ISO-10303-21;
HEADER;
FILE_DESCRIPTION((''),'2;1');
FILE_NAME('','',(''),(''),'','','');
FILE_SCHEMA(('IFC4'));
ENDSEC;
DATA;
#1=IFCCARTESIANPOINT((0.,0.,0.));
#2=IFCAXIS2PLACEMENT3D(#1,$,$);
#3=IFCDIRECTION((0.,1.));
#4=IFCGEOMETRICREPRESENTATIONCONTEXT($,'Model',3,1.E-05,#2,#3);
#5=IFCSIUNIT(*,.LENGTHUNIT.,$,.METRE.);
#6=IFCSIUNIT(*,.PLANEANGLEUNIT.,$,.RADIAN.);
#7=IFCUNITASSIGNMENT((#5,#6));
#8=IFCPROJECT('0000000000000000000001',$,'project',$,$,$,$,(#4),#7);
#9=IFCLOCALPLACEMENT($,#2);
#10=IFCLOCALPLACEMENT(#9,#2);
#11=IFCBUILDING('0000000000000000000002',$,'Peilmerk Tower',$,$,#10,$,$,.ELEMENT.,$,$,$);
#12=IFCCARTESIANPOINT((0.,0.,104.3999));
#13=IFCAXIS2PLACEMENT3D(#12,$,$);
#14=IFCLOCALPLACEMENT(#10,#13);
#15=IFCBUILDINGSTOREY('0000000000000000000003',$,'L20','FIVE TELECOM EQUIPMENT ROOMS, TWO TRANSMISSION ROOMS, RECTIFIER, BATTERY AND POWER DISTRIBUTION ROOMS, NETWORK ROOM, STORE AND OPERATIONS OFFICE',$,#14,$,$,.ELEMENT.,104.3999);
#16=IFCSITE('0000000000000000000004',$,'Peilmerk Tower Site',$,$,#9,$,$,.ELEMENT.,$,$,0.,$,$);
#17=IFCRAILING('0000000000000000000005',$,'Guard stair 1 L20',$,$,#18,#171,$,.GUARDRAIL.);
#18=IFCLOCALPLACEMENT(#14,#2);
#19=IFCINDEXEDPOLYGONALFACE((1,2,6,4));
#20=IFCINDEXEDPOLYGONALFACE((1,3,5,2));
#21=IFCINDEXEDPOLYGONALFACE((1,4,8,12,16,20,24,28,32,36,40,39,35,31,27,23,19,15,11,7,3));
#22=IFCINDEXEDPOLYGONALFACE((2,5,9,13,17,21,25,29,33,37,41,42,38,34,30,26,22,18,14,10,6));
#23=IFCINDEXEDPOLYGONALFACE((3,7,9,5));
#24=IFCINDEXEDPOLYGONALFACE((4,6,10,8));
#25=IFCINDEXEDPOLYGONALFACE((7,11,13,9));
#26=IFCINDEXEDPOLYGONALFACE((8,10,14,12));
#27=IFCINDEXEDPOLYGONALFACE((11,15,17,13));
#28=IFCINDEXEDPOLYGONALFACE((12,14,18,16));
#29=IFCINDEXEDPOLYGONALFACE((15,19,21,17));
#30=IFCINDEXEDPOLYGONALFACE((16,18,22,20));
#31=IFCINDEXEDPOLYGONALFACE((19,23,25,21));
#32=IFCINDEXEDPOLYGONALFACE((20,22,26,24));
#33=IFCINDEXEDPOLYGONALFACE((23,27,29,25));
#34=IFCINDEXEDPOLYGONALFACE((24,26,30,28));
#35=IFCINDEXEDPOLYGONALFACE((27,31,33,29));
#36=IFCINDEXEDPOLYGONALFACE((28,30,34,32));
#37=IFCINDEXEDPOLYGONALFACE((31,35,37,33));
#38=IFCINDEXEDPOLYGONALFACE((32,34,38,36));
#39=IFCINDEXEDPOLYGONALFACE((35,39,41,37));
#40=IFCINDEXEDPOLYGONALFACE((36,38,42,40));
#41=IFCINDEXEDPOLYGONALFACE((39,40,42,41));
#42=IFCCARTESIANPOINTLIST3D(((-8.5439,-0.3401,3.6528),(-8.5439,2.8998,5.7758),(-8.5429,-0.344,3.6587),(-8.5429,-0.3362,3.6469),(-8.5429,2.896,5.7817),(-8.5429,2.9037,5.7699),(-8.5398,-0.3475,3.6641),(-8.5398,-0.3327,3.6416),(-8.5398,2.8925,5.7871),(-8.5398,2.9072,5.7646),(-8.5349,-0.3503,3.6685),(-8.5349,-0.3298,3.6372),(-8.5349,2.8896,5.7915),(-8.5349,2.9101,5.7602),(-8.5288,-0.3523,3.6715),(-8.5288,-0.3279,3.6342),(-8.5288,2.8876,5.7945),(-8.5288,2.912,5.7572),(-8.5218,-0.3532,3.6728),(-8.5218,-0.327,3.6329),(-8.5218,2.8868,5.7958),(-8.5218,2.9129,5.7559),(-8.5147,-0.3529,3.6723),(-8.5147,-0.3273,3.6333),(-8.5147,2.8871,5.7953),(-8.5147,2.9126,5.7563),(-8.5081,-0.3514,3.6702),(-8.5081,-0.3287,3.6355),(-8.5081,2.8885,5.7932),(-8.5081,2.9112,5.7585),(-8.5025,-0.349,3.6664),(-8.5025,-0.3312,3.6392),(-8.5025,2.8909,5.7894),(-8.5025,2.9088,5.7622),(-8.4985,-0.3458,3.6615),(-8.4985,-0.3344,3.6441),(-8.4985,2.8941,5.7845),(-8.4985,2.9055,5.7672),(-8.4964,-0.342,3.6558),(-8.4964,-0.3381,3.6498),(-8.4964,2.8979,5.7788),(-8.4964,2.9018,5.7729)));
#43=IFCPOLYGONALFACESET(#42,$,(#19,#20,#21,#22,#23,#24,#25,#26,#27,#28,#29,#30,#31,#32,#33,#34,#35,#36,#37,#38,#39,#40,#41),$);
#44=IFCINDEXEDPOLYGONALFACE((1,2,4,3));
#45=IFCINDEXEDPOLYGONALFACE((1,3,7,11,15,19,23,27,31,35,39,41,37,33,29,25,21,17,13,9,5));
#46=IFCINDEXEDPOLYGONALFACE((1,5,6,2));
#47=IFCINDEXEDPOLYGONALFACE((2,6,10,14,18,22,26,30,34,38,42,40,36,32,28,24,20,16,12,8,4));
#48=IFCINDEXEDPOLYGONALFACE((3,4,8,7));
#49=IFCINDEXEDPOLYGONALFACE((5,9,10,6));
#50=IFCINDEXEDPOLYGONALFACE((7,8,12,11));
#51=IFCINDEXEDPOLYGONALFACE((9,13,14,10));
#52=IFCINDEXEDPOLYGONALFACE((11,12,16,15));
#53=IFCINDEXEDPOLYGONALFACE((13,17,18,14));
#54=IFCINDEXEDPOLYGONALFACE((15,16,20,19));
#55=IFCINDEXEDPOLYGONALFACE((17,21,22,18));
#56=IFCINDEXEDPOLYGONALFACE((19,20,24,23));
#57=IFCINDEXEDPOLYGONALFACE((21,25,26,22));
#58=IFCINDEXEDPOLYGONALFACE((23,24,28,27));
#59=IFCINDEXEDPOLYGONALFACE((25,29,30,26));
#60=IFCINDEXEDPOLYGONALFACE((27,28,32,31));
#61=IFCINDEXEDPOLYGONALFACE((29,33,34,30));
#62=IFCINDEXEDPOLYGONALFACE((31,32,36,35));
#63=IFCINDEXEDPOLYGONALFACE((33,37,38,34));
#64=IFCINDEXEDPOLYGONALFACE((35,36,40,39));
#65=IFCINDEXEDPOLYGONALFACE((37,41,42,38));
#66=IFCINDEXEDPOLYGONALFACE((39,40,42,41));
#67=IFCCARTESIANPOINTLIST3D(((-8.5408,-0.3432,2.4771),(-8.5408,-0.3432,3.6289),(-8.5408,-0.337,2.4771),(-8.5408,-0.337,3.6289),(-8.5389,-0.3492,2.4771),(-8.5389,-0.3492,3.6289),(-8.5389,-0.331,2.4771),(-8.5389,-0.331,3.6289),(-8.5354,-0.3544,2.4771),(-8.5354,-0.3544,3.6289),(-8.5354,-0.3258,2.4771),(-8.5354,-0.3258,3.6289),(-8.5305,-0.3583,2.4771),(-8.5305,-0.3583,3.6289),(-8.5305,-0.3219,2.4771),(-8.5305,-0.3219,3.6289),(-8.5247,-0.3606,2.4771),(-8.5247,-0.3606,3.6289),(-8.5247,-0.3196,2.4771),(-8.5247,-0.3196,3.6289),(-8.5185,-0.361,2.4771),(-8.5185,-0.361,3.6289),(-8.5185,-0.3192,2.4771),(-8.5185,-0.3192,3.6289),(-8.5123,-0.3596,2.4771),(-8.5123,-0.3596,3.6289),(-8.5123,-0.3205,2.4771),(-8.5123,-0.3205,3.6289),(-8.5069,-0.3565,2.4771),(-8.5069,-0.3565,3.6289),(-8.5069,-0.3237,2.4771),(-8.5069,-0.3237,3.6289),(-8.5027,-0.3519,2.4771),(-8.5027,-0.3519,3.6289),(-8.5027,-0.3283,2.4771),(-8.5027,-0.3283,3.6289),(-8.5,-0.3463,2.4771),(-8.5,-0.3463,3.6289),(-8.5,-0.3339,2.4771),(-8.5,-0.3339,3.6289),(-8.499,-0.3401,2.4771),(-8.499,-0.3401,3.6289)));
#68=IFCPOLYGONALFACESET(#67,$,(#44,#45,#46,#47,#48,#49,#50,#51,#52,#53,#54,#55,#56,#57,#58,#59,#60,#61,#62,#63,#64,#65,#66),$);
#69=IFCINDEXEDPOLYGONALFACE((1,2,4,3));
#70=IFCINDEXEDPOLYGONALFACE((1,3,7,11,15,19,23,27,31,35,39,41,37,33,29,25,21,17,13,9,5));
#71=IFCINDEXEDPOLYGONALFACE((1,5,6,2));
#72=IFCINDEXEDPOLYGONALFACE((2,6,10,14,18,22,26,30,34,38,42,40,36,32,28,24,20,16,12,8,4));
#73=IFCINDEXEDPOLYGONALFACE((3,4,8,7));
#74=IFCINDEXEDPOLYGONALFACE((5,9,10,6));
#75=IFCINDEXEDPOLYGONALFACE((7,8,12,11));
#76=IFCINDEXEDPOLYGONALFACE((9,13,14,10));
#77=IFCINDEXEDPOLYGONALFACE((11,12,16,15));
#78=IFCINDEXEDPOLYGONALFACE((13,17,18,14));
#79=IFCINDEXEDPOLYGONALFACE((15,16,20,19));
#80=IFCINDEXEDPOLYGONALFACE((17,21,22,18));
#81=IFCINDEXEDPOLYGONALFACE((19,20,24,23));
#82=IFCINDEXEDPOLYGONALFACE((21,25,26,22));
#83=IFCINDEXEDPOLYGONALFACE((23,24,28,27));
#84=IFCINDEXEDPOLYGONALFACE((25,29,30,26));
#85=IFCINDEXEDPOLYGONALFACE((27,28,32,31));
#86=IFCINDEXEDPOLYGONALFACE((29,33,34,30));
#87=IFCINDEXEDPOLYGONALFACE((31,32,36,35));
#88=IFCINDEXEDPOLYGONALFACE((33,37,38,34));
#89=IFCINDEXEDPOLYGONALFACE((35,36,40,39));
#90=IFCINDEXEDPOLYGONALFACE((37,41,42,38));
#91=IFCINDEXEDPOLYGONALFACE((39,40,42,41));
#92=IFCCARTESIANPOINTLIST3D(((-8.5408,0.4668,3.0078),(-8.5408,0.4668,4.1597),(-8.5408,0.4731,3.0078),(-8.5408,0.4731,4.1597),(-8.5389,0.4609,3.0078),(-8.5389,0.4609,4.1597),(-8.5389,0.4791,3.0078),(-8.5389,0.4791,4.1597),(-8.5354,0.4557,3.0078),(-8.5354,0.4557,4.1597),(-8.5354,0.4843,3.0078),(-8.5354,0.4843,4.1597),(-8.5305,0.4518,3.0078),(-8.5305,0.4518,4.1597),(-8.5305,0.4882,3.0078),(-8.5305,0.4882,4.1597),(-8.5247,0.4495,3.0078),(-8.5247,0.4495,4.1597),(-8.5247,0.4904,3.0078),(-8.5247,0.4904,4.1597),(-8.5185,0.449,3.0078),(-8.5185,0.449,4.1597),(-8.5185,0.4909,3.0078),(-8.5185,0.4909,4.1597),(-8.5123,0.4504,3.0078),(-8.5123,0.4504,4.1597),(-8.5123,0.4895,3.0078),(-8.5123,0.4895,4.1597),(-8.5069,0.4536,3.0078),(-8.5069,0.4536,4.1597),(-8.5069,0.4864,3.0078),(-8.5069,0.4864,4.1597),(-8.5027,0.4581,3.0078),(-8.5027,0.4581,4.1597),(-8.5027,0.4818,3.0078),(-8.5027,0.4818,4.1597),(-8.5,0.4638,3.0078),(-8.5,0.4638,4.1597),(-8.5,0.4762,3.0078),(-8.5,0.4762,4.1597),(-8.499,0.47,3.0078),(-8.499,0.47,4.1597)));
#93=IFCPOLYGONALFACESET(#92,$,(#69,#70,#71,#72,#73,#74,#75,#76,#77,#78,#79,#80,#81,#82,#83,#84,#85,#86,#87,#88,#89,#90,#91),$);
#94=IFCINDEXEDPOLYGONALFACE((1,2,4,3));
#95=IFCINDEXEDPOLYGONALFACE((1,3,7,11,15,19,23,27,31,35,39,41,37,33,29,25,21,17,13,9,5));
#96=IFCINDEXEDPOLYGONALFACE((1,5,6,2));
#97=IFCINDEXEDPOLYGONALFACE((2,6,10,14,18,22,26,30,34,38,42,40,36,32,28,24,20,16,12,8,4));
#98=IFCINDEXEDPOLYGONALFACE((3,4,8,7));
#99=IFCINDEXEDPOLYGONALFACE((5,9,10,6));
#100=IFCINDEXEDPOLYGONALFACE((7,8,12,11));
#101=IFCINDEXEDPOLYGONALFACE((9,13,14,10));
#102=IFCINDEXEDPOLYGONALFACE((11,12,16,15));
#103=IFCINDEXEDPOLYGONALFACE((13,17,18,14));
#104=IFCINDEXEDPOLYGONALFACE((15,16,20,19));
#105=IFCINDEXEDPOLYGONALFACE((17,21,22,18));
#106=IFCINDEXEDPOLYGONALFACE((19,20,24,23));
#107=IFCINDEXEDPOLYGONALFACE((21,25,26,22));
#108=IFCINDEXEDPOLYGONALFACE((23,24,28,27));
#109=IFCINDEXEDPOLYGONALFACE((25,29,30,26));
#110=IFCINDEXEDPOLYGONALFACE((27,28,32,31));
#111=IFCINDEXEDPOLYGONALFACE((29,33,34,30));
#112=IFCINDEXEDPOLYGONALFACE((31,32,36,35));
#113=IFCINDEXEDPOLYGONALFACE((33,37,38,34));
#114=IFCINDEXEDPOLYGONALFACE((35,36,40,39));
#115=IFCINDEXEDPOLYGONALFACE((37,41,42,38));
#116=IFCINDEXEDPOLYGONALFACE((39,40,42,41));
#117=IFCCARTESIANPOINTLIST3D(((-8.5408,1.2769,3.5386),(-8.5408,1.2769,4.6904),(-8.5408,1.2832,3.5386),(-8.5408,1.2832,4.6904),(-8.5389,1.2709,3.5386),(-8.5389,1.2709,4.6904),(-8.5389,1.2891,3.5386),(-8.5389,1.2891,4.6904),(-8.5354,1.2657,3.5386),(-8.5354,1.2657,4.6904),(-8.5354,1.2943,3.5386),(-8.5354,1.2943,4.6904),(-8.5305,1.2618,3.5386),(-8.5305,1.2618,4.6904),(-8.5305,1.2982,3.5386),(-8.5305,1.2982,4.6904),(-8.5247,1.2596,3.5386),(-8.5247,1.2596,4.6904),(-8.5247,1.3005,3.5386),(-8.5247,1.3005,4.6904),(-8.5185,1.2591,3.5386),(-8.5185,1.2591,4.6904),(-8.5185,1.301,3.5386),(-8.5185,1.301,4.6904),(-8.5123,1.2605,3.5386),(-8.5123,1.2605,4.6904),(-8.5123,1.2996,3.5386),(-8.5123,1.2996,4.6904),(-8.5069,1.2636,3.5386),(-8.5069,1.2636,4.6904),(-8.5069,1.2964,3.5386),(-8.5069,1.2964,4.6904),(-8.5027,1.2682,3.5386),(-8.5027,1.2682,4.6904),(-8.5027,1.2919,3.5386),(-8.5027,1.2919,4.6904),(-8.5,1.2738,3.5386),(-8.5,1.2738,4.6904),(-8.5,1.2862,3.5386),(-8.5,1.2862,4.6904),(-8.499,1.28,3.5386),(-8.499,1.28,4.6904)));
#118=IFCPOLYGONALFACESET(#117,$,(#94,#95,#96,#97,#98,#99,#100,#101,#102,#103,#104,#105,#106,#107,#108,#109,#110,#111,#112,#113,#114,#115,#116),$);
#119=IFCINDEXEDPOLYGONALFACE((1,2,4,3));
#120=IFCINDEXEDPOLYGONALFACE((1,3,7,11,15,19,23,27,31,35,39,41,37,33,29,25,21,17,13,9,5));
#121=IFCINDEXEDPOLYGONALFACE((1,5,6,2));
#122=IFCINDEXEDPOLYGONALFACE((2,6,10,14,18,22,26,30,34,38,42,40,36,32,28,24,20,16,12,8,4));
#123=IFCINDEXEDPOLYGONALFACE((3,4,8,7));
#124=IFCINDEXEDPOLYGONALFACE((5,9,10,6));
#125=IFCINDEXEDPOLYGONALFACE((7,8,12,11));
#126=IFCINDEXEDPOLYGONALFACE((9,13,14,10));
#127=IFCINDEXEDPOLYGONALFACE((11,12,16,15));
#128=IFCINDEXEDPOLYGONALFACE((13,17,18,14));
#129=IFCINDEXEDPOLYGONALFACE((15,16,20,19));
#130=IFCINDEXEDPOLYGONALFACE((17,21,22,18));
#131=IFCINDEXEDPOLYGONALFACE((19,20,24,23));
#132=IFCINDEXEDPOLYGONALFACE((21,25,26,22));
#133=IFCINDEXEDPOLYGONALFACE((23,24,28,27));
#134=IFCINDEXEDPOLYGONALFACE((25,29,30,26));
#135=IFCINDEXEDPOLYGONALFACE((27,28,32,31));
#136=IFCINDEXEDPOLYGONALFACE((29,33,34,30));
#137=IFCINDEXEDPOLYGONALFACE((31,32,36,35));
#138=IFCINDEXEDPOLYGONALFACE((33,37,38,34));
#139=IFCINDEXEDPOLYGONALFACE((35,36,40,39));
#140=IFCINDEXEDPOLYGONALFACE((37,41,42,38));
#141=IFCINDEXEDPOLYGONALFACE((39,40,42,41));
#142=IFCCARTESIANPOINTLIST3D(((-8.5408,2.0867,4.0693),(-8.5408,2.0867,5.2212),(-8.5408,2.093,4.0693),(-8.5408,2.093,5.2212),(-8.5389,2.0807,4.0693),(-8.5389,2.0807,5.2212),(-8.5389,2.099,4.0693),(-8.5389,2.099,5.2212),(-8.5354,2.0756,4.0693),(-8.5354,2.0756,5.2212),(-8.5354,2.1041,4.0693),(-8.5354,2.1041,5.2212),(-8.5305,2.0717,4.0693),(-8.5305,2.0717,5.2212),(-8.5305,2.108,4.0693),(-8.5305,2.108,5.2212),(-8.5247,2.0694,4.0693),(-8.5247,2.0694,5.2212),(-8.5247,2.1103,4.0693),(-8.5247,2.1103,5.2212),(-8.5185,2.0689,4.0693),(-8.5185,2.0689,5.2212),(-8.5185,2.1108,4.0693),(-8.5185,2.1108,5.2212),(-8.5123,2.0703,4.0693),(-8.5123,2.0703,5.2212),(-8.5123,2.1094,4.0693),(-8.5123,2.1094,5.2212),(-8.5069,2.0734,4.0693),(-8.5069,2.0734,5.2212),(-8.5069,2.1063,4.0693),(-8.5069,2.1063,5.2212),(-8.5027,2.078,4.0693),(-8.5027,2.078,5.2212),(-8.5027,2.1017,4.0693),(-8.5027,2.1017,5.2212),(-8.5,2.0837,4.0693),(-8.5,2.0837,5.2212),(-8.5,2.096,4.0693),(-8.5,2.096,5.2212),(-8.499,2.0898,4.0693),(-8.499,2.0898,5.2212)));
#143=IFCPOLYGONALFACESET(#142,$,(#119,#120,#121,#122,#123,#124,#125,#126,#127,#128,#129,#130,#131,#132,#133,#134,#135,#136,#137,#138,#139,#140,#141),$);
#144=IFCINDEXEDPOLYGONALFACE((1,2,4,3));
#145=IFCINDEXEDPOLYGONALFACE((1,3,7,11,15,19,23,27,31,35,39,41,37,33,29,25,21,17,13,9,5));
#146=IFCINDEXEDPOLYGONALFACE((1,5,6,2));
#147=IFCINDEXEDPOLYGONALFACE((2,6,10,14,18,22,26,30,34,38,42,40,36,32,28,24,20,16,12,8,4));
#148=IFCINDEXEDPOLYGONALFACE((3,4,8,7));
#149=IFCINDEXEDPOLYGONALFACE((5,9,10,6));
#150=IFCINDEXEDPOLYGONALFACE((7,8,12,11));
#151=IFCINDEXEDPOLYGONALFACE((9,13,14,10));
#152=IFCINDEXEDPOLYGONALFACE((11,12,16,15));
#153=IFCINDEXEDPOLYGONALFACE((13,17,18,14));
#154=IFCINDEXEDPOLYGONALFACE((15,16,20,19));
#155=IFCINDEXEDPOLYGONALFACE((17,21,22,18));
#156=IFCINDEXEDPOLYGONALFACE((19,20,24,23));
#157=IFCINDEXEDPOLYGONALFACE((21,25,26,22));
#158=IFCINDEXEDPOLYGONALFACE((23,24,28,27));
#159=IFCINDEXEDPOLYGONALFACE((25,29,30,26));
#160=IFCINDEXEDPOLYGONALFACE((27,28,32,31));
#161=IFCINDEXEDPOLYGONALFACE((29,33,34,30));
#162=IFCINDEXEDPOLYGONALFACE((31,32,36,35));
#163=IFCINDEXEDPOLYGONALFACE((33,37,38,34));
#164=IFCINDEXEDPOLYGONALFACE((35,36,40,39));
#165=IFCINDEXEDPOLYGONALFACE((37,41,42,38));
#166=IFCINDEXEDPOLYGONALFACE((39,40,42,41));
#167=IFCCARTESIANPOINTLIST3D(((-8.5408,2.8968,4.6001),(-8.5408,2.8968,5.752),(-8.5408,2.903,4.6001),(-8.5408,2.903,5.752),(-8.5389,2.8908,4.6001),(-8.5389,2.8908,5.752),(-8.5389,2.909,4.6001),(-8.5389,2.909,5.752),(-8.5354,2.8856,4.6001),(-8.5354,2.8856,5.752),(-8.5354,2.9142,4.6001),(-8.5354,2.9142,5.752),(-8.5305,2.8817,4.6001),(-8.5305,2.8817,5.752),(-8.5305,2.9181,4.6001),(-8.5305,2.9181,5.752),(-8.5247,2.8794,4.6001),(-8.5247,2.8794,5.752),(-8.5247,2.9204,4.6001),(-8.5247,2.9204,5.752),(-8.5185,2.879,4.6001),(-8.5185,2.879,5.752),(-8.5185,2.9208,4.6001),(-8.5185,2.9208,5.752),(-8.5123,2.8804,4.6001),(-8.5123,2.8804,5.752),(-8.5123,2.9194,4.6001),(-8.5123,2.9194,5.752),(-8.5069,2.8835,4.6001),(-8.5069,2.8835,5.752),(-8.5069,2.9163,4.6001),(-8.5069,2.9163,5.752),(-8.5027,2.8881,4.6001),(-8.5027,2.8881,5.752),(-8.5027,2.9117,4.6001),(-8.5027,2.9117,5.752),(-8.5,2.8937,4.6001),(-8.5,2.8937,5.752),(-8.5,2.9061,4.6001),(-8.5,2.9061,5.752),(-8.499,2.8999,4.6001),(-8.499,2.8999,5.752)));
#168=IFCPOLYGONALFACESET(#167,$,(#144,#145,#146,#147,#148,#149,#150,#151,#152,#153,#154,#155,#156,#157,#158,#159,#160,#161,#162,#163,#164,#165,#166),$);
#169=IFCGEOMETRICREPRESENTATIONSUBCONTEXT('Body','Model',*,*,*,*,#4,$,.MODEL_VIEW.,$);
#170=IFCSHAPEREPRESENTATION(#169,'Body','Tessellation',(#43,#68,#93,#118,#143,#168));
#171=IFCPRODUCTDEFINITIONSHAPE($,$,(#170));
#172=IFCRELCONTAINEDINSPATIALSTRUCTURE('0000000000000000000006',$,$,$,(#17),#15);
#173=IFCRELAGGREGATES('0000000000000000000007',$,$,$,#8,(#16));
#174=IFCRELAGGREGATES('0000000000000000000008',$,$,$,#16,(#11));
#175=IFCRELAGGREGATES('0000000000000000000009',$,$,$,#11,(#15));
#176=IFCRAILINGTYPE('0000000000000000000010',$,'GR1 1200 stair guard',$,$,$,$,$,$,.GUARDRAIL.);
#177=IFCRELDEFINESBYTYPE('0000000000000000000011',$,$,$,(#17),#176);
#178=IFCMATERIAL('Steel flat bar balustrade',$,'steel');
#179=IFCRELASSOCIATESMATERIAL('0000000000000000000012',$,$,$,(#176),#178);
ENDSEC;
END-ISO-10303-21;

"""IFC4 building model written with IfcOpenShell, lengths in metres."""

from ifc_helpers import new_model, si_unit, direction, frame, origin, origin_2d, place, context, subcontext, project, spatial, circle, extrude, material, type_object, element, save


model = new_model("IFC4")

# Units and contexts
model_context = context("Model", 3, precision=1e-05, world=origin(), true_north=direction((0.0, 1.0)))
body_context = subcontext(model_context, "Body", "Model", "MODEL_VIEW")
ifc_project = project(units=[si_unit("LENGTHUNIT", "METRE"), si_unit("PLANEANGLEUNIT", "RADIAN")], contexts=[model_context])

# Site, building, storey
site_placement = place(None, origin())
site = spatial("IfcSite", under=ifc_project, at=site_placement, Name="Peilmerk Tower Site", CompositionType="ELEMENT", RefElevation=0.0)
building_placement = place(site_placement, origin())
building = spatial("IfcBuilding", under=site, at=building_placement, Name="Peilmerk Tower", CompositionType="ELEMENT")
storey_placement = place(building_placement, frame((0.0, 0.0, 104.3999)))
storey = spatial("IfcBuildingStorey", under=building, at=storey_placement, Name="L20", Description="FIVE TELECOM EQUIPMENT ROOMS, TWO TRANSMISSION ROOMS, RECTIFIER, BATTERY AND POWER DISTRIBUTION ROOMS, NETWORK ROOM, STORE AND OPERATIONS OFFICE", CompositionType="ELEMENT", Elevation=104.3999)

# Railing
ifc_material_1 = material(Name="Steel flat bar balustrade", Category="steel")
railing_type = type_object("IfcRailingType", Name="GR1 1200 stair guard", PredefinedType="GUARDRAIL", material=ifc_material_1)
railing_placement = place(storey_placement, frame((-8.52, -0.3401, 2.4771)))
element("IfcRailing", 1, at=railing_placement, inside=storey, type_object=railing_type, Name="Guard stair 1 L20", PredefinedType="GUARDRAIL", context=body_context, shape_type="SweptSolid", body=[
    extrude(circle(Radius=0.0239, at=origin_2d()), frame((0.0, 0.0, 1.1758), z_axis=(0.0, 0.836426, 0.548079), x_axis=(-1.0, 0.0, 0.0)), (0.0, 0.0, 1.0), 3.8735),
    extrude(circle(Radius=0.021, at=origin_2d()), origin(), (0.0, 0.0, 1.0), 1.1519),
    extrude(circle(Radius=0.021, at=origin_2d()), frame((0.0, 0.8101, 0.5308)), (0.0, 0.0, 1.0), 1.1519),
    extrude(circle(Radius=0.021, at=origin_2d()), frame((0.0, 1.6201, 1.0615)), (0.0, 0.0, 1.0), 1.1519),
    extrude(circle(Radius=0.021, at=origin_2d()), frame((0.0, 2.4299, 1.5923)), (0.0, 0.0, 1.0), 1.1519),
    extrude(circle(Radius=0.021, at=origin_2d()), frame((0.0, 3.24, 2.123)), (0.0, 0.0, 1.0), 1.1519),
])

save(model, "model.ifc")
